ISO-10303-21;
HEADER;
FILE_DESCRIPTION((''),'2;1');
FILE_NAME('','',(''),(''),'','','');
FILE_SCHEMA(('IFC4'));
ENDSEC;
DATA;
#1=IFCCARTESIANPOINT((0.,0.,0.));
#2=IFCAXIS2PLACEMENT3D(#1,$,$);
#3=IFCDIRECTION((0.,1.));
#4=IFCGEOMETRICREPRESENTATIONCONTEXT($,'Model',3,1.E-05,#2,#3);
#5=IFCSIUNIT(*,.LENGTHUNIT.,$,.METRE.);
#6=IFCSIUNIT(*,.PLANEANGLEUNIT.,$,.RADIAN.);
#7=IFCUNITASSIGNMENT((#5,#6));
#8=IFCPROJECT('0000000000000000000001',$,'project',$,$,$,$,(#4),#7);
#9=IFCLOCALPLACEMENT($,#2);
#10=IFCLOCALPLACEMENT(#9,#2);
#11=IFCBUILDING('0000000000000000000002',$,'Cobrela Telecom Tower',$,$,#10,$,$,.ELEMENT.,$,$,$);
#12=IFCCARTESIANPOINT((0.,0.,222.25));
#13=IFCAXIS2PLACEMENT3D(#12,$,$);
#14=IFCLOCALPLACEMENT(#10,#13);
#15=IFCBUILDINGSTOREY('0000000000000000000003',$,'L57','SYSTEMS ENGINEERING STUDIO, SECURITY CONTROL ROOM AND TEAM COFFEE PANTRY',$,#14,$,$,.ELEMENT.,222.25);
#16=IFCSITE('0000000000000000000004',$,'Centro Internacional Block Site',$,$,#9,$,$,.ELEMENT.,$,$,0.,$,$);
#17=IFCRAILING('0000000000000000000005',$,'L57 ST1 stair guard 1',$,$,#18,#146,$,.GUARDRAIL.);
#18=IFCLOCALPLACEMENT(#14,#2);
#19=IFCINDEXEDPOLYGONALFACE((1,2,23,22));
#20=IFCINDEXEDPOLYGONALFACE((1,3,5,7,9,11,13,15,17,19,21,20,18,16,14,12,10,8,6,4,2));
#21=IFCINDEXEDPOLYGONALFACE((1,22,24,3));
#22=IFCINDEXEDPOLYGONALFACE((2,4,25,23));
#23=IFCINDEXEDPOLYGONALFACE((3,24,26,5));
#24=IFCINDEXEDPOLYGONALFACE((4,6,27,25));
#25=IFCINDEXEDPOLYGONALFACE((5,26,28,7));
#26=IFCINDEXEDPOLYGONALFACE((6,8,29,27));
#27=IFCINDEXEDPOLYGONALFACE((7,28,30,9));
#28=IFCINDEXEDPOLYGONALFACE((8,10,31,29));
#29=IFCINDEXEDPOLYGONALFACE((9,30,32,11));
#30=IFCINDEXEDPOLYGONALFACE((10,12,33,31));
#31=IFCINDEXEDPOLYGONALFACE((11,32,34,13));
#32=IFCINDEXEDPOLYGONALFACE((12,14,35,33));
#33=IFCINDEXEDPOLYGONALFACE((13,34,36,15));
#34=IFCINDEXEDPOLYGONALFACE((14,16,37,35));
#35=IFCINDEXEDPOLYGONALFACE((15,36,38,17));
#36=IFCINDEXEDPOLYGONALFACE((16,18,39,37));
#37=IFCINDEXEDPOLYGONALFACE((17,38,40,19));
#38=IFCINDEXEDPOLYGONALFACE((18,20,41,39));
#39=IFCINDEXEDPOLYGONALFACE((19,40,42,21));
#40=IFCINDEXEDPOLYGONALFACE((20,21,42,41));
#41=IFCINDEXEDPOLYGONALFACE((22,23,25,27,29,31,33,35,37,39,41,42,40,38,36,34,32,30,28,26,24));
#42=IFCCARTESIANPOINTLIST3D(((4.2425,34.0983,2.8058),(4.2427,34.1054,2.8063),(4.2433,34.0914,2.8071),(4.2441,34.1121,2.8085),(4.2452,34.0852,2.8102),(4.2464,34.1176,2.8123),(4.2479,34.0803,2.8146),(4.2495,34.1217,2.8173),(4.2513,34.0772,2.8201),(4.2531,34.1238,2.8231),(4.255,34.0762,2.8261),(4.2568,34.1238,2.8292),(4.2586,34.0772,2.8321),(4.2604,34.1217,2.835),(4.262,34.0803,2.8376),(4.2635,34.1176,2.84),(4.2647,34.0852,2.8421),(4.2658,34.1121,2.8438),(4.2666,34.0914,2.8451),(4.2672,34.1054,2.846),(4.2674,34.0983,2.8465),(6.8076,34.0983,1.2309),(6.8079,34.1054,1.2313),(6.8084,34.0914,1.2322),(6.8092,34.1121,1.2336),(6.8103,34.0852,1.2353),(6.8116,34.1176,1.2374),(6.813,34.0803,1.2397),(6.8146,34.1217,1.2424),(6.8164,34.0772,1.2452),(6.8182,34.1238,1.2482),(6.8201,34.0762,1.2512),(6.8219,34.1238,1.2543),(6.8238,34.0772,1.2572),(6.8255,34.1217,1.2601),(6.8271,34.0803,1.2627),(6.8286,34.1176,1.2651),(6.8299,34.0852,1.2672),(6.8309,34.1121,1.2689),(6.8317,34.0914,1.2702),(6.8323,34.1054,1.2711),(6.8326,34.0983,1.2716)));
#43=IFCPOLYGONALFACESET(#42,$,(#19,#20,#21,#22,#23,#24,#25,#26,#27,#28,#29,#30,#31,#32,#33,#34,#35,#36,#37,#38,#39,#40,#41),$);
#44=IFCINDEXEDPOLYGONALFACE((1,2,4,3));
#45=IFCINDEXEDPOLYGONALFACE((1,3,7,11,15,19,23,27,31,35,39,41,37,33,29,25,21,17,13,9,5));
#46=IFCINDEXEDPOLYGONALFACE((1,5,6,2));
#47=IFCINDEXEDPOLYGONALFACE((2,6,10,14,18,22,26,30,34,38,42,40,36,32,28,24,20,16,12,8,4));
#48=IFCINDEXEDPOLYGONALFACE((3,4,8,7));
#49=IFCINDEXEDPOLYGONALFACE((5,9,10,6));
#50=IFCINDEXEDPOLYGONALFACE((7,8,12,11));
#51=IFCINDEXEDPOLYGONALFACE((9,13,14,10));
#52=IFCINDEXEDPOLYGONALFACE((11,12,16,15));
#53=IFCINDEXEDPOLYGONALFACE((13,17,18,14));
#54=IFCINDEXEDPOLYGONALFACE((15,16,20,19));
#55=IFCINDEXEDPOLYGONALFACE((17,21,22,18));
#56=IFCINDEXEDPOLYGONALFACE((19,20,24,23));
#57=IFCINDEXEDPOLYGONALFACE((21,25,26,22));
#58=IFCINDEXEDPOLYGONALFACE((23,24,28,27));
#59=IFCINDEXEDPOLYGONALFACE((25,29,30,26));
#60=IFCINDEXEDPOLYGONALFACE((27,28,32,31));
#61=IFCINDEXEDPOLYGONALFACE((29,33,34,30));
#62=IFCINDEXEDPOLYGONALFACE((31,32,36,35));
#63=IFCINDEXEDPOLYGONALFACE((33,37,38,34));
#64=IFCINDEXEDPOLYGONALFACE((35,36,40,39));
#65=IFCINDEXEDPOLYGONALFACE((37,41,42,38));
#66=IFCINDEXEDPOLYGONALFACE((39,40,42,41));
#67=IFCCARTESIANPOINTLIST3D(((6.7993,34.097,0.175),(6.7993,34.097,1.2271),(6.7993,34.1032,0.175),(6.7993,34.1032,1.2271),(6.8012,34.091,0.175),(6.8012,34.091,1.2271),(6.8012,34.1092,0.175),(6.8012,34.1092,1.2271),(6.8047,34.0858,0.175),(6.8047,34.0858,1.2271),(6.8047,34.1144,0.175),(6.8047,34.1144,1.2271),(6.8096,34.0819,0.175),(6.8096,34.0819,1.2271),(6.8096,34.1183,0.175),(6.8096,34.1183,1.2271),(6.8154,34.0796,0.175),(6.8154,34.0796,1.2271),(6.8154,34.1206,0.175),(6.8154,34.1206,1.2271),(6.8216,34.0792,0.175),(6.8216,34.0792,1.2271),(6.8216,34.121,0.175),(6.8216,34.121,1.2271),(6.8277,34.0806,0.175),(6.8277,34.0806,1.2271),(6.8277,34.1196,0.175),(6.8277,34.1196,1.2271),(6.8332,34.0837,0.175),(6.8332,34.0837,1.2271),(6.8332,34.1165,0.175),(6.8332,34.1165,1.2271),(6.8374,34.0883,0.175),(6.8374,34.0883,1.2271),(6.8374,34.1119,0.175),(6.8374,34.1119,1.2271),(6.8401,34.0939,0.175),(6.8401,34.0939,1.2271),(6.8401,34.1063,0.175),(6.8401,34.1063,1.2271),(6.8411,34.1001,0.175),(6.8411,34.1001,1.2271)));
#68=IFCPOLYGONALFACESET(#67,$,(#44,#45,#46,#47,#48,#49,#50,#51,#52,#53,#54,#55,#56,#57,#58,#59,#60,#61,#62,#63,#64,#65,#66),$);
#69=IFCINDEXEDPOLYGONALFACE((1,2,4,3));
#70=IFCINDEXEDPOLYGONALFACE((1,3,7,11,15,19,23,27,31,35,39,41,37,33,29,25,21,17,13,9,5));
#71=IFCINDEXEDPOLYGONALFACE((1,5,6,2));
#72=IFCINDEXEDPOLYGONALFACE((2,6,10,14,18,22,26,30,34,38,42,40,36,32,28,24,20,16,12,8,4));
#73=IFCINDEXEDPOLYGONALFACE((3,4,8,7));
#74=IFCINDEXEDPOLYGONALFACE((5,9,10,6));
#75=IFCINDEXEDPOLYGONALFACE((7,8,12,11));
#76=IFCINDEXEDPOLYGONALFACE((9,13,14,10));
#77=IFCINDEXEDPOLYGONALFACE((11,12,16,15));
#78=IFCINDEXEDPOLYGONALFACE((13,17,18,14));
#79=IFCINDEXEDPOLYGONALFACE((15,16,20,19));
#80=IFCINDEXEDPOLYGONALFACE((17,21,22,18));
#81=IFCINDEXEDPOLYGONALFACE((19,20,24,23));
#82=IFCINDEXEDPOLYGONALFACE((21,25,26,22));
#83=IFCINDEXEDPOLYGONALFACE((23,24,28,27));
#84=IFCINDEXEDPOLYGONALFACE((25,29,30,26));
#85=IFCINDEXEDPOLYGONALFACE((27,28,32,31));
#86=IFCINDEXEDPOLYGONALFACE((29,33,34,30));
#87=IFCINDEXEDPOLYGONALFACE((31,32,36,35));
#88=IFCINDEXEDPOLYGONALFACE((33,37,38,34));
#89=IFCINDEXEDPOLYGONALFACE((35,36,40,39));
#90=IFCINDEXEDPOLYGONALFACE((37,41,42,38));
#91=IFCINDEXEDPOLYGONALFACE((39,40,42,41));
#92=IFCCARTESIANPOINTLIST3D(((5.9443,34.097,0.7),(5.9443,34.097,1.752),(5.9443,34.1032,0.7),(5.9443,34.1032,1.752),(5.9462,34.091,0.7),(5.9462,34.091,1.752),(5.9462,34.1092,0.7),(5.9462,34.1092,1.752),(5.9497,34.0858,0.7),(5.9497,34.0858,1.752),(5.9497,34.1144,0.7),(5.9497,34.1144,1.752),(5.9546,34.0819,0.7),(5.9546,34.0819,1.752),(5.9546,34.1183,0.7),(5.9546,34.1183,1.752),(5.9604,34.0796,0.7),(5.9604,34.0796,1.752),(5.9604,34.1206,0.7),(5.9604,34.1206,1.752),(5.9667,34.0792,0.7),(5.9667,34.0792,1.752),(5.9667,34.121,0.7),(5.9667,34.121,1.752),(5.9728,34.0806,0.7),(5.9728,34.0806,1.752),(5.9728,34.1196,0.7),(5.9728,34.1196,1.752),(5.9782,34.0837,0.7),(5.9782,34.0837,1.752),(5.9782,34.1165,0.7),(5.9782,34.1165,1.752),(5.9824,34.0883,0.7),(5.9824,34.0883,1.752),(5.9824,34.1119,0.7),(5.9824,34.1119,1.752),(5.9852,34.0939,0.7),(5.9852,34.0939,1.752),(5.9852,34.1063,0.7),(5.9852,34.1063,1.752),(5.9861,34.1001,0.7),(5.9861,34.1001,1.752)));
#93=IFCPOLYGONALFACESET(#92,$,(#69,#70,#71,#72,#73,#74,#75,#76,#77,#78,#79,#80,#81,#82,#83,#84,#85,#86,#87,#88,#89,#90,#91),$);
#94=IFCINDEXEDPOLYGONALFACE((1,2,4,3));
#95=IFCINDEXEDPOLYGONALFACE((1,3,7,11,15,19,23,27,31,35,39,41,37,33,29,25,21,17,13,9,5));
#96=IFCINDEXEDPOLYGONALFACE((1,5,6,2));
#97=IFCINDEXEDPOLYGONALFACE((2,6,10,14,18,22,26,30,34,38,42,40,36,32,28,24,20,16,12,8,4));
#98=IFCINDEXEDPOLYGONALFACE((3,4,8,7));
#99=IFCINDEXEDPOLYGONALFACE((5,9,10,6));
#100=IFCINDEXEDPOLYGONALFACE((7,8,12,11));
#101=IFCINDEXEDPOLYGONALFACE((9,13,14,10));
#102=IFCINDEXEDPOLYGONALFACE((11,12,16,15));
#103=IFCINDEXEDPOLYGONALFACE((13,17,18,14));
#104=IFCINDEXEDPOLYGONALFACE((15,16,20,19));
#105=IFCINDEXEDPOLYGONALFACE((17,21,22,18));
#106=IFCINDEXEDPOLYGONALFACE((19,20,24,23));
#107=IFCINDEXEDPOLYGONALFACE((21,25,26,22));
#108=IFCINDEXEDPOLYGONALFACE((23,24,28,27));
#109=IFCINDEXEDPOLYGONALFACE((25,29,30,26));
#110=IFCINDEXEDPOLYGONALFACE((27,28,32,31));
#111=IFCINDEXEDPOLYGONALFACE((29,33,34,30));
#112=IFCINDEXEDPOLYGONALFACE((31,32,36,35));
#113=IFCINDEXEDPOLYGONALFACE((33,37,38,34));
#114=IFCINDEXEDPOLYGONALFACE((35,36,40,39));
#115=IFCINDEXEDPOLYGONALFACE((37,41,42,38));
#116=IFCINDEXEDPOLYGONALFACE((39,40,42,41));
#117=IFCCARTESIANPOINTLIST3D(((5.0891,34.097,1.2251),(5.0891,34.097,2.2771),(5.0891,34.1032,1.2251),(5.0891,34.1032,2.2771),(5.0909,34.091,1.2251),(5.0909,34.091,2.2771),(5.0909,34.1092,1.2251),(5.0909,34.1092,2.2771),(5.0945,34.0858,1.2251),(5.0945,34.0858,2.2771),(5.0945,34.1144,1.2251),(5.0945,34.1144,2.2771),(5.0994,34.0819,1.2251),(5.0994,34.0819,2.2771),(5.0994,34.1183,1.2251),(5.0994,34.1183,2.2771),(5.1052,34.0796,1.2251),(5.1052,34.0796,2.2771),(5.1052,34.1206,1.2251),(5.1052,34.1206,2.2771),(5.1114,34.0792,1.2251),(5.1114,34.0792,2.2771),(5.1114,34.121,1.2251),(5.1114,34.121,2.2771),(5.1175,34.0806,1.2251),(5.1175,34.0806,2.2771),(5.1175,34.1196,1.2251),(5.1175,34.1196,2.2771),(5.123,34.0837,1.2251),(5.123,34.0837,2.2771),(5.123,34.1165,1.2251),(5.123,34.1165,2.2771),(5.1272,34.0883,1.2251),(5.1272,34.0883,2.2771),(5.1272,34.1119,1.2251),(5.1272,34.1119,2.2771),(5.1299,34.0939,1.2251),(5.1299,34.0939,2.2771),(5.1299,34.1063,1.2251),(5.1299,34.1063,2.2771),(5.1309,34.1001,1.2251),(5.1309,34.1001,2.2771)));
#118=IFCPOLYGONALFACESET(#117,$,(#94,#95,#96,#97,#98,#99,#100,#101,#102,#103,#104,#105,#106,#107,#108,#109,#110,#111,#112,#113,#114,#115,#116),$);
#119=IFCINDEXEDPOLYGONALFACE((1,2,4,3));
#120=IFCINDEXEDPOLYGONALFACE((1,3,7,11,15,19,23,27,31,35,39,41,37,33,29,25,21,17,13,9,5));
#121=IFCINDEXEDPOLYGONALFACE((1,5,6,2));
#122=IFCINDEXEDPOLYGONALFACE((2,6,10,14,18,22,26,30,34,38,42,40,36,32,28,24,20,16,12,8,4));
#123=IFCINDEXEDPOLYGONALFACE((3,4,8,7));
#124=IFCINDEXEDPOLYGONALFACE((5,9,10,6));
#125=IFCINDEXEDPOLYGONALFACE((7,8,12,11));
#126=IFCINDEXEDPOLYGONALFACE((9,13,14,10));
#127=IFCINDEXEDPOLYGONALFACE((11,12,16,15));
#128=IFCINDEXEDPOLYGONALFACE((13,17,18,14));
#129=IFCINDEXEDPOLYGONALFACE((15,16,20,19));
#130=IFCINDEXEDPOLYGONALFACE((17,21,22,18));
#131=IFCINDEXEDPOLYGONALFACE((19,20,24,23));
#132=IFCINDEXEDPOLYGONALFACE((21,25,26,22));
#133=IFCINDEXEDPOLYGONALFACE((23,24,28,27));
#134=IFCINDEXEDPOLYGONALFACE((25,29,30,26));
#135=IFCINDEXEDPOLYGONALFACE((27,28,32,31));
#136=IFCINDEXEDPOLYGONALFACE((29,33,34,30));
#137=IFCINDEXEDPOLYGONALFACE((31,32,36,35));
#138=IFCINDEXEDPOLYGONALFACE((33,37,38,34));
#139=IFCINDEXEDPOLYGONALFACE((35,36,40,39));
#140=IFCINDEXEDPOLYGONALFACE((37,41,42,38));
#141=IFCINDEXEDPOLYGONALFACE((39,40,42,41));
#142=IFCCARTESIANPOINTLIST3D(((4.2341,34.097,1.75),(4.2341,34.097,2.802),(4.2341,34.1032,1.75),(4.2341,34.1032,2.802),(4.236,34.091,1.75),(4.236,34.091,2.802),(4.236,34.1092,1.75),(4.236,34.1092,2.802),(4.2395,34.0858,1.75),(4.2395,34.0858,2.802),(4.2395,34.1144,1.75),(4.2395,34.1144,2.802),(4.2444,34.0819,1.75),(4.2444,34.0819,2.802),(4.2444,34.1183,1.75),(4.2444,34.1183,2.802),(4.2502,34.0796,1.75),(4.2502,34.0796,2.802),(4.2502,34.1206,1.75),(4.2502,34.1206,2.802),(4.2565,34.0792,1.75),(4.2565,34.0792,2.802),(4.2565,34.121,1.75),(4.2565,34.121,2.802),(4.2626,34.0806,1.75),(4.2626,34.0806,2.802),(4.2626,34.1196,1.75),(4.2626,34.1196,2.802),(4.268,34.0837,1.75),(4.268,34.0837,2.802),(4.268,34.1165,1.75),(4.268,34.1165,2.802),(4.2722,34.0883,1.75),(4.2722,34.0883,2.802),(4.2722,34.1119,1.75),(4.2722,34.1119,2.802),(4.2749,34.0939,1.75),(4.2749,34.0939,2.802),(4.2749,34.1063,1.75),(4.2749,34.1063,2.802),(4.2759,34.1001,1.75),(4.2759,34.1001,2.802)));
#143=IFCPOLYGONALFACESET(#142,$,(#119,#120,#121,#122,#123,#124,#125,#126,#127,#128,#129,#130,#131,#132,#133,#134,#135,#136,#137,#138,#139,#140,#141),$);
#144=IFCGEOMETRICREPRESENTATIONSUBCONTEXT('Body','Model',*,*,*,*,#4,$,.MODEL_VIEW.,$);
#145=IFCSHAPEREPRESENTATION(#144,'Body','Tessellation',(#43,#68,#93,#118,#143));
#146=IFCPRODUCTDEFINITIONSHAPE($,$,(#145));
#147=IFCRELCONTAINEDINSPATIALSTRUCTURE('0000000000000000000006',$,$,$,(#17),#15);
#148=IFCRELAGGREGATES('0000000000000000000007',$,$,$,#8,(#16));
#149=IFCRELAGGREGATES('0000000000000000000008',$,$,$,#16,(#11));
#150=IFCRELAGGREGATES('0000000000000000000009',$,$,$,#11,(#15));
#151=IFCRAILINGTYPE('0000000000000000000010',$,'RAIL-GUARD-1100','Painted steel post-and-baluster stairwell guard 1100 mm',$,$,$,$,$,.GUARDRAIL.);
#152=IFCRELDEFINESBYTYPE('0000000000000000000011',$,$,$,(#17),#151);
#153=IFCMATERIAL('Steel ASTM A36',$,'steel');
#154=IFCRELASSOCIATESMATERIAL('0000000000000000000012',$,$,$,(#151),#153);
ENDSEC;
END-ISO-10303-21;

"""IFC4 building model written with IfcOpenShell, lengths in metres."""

from ifc_helpers import new_model, si_unit, direction, frame, origin, origin_2d, place, context, subcontext, project, spatial, circle, extrude, material, type_object, element, save


model = new_model("IFC4")

# Units and contexts
model_context = context("Model", 3, precision=1e-05, world=origin(), true_north=direction((0.0, 1.0)))
body_context = subcontext(model_context, "Body", "Model", "MODEL_VIEW")
ifc_project = project(units=[si_unit("LENGTHUNIT", "METRE"), si_unit("PLANEANGLEUNIT", "RADIAN")], contexts=[model_context])

# Site, building, storey
site_placement = place(None, origin())
site = spatial("IfcSite", under=ifc_project, at=site_placement, Name="Centro Internacional Block Site", CompositionType="ELEMENT", RefElevation=0.0)
building_placement = place(site_placement, origin())
building = spatial("IfcBuilding", under=site, at=building_placement, Name="Cobrela Telecom Tower", CompositionType="ELEMENT")
storey_placement = place(building_placement, frame((0.0, 0.0, 222.25)))
storey = spatial("IfcBuildingStorey", under=building, at=storey_placement, Name="L57", Description="SYSTEMS ENGINEERING STUDIO, SECURITY CONTROL ROOM AND TEAM COFFEE PANTRY", CompositionType="ELEMENT", Elevation=222.25)

# Shared definitions
ifc_material_1 = material(Name="Steel ASTM A36", Category="steel")

# Railing
railing_type_1 = type_object("IfcRailingType", Name="RAIL-GUARD-1100", Description="Painted steel post-and-baluster stairwell guard 1100 mm", PredefinedType="GUARDRAIL", material=ifc_material_1)
railing_1_placement = place(storey_placement, frame((6.8201, 34.1001, 0.175)))
element("IfcRailing", 1, at=railing_1_placement, inside=storey, type_object=railing_type_1, Name="L57 ST1 stair guard 1", PredefinedType="GUARDRAIL", context=body_context, shape_type="SweptSolid", body=[
    extrude(circle(Radius=0.0239, at=origin_2d()), frame((0.0, 0.0, 1.0762), z_axis=(-0.852195, 0.0, 0.523224), x_axis=(0.0, -1.0, 0.0)), (0.0, 0.0, 1.0), 3.01),
    extrude(circle(Radius=0.021, at=origin_2d()), origin(), (0.0, 0.0, 1.0), 1.052),
    extrude(circle(Radius=0.021, at=origin_2d()), frame((-0.855, 0.0, 0.5249)), (0.0, 0.0, 1.0), 1.052),
    extrude(circle(Radius=0.021, at=origin_2d()), frame((-1.7102, 0.0, 1.05)), (0.0, 0.0, 1.0), 1.052),
    extrude(circle(Radius=0.021, at=origin_2d()), frame((-2.5652, 0.0, 1.575)), (0.0, 0.0, 1.0), 1.052),
])

save(model, "model.ifc")
